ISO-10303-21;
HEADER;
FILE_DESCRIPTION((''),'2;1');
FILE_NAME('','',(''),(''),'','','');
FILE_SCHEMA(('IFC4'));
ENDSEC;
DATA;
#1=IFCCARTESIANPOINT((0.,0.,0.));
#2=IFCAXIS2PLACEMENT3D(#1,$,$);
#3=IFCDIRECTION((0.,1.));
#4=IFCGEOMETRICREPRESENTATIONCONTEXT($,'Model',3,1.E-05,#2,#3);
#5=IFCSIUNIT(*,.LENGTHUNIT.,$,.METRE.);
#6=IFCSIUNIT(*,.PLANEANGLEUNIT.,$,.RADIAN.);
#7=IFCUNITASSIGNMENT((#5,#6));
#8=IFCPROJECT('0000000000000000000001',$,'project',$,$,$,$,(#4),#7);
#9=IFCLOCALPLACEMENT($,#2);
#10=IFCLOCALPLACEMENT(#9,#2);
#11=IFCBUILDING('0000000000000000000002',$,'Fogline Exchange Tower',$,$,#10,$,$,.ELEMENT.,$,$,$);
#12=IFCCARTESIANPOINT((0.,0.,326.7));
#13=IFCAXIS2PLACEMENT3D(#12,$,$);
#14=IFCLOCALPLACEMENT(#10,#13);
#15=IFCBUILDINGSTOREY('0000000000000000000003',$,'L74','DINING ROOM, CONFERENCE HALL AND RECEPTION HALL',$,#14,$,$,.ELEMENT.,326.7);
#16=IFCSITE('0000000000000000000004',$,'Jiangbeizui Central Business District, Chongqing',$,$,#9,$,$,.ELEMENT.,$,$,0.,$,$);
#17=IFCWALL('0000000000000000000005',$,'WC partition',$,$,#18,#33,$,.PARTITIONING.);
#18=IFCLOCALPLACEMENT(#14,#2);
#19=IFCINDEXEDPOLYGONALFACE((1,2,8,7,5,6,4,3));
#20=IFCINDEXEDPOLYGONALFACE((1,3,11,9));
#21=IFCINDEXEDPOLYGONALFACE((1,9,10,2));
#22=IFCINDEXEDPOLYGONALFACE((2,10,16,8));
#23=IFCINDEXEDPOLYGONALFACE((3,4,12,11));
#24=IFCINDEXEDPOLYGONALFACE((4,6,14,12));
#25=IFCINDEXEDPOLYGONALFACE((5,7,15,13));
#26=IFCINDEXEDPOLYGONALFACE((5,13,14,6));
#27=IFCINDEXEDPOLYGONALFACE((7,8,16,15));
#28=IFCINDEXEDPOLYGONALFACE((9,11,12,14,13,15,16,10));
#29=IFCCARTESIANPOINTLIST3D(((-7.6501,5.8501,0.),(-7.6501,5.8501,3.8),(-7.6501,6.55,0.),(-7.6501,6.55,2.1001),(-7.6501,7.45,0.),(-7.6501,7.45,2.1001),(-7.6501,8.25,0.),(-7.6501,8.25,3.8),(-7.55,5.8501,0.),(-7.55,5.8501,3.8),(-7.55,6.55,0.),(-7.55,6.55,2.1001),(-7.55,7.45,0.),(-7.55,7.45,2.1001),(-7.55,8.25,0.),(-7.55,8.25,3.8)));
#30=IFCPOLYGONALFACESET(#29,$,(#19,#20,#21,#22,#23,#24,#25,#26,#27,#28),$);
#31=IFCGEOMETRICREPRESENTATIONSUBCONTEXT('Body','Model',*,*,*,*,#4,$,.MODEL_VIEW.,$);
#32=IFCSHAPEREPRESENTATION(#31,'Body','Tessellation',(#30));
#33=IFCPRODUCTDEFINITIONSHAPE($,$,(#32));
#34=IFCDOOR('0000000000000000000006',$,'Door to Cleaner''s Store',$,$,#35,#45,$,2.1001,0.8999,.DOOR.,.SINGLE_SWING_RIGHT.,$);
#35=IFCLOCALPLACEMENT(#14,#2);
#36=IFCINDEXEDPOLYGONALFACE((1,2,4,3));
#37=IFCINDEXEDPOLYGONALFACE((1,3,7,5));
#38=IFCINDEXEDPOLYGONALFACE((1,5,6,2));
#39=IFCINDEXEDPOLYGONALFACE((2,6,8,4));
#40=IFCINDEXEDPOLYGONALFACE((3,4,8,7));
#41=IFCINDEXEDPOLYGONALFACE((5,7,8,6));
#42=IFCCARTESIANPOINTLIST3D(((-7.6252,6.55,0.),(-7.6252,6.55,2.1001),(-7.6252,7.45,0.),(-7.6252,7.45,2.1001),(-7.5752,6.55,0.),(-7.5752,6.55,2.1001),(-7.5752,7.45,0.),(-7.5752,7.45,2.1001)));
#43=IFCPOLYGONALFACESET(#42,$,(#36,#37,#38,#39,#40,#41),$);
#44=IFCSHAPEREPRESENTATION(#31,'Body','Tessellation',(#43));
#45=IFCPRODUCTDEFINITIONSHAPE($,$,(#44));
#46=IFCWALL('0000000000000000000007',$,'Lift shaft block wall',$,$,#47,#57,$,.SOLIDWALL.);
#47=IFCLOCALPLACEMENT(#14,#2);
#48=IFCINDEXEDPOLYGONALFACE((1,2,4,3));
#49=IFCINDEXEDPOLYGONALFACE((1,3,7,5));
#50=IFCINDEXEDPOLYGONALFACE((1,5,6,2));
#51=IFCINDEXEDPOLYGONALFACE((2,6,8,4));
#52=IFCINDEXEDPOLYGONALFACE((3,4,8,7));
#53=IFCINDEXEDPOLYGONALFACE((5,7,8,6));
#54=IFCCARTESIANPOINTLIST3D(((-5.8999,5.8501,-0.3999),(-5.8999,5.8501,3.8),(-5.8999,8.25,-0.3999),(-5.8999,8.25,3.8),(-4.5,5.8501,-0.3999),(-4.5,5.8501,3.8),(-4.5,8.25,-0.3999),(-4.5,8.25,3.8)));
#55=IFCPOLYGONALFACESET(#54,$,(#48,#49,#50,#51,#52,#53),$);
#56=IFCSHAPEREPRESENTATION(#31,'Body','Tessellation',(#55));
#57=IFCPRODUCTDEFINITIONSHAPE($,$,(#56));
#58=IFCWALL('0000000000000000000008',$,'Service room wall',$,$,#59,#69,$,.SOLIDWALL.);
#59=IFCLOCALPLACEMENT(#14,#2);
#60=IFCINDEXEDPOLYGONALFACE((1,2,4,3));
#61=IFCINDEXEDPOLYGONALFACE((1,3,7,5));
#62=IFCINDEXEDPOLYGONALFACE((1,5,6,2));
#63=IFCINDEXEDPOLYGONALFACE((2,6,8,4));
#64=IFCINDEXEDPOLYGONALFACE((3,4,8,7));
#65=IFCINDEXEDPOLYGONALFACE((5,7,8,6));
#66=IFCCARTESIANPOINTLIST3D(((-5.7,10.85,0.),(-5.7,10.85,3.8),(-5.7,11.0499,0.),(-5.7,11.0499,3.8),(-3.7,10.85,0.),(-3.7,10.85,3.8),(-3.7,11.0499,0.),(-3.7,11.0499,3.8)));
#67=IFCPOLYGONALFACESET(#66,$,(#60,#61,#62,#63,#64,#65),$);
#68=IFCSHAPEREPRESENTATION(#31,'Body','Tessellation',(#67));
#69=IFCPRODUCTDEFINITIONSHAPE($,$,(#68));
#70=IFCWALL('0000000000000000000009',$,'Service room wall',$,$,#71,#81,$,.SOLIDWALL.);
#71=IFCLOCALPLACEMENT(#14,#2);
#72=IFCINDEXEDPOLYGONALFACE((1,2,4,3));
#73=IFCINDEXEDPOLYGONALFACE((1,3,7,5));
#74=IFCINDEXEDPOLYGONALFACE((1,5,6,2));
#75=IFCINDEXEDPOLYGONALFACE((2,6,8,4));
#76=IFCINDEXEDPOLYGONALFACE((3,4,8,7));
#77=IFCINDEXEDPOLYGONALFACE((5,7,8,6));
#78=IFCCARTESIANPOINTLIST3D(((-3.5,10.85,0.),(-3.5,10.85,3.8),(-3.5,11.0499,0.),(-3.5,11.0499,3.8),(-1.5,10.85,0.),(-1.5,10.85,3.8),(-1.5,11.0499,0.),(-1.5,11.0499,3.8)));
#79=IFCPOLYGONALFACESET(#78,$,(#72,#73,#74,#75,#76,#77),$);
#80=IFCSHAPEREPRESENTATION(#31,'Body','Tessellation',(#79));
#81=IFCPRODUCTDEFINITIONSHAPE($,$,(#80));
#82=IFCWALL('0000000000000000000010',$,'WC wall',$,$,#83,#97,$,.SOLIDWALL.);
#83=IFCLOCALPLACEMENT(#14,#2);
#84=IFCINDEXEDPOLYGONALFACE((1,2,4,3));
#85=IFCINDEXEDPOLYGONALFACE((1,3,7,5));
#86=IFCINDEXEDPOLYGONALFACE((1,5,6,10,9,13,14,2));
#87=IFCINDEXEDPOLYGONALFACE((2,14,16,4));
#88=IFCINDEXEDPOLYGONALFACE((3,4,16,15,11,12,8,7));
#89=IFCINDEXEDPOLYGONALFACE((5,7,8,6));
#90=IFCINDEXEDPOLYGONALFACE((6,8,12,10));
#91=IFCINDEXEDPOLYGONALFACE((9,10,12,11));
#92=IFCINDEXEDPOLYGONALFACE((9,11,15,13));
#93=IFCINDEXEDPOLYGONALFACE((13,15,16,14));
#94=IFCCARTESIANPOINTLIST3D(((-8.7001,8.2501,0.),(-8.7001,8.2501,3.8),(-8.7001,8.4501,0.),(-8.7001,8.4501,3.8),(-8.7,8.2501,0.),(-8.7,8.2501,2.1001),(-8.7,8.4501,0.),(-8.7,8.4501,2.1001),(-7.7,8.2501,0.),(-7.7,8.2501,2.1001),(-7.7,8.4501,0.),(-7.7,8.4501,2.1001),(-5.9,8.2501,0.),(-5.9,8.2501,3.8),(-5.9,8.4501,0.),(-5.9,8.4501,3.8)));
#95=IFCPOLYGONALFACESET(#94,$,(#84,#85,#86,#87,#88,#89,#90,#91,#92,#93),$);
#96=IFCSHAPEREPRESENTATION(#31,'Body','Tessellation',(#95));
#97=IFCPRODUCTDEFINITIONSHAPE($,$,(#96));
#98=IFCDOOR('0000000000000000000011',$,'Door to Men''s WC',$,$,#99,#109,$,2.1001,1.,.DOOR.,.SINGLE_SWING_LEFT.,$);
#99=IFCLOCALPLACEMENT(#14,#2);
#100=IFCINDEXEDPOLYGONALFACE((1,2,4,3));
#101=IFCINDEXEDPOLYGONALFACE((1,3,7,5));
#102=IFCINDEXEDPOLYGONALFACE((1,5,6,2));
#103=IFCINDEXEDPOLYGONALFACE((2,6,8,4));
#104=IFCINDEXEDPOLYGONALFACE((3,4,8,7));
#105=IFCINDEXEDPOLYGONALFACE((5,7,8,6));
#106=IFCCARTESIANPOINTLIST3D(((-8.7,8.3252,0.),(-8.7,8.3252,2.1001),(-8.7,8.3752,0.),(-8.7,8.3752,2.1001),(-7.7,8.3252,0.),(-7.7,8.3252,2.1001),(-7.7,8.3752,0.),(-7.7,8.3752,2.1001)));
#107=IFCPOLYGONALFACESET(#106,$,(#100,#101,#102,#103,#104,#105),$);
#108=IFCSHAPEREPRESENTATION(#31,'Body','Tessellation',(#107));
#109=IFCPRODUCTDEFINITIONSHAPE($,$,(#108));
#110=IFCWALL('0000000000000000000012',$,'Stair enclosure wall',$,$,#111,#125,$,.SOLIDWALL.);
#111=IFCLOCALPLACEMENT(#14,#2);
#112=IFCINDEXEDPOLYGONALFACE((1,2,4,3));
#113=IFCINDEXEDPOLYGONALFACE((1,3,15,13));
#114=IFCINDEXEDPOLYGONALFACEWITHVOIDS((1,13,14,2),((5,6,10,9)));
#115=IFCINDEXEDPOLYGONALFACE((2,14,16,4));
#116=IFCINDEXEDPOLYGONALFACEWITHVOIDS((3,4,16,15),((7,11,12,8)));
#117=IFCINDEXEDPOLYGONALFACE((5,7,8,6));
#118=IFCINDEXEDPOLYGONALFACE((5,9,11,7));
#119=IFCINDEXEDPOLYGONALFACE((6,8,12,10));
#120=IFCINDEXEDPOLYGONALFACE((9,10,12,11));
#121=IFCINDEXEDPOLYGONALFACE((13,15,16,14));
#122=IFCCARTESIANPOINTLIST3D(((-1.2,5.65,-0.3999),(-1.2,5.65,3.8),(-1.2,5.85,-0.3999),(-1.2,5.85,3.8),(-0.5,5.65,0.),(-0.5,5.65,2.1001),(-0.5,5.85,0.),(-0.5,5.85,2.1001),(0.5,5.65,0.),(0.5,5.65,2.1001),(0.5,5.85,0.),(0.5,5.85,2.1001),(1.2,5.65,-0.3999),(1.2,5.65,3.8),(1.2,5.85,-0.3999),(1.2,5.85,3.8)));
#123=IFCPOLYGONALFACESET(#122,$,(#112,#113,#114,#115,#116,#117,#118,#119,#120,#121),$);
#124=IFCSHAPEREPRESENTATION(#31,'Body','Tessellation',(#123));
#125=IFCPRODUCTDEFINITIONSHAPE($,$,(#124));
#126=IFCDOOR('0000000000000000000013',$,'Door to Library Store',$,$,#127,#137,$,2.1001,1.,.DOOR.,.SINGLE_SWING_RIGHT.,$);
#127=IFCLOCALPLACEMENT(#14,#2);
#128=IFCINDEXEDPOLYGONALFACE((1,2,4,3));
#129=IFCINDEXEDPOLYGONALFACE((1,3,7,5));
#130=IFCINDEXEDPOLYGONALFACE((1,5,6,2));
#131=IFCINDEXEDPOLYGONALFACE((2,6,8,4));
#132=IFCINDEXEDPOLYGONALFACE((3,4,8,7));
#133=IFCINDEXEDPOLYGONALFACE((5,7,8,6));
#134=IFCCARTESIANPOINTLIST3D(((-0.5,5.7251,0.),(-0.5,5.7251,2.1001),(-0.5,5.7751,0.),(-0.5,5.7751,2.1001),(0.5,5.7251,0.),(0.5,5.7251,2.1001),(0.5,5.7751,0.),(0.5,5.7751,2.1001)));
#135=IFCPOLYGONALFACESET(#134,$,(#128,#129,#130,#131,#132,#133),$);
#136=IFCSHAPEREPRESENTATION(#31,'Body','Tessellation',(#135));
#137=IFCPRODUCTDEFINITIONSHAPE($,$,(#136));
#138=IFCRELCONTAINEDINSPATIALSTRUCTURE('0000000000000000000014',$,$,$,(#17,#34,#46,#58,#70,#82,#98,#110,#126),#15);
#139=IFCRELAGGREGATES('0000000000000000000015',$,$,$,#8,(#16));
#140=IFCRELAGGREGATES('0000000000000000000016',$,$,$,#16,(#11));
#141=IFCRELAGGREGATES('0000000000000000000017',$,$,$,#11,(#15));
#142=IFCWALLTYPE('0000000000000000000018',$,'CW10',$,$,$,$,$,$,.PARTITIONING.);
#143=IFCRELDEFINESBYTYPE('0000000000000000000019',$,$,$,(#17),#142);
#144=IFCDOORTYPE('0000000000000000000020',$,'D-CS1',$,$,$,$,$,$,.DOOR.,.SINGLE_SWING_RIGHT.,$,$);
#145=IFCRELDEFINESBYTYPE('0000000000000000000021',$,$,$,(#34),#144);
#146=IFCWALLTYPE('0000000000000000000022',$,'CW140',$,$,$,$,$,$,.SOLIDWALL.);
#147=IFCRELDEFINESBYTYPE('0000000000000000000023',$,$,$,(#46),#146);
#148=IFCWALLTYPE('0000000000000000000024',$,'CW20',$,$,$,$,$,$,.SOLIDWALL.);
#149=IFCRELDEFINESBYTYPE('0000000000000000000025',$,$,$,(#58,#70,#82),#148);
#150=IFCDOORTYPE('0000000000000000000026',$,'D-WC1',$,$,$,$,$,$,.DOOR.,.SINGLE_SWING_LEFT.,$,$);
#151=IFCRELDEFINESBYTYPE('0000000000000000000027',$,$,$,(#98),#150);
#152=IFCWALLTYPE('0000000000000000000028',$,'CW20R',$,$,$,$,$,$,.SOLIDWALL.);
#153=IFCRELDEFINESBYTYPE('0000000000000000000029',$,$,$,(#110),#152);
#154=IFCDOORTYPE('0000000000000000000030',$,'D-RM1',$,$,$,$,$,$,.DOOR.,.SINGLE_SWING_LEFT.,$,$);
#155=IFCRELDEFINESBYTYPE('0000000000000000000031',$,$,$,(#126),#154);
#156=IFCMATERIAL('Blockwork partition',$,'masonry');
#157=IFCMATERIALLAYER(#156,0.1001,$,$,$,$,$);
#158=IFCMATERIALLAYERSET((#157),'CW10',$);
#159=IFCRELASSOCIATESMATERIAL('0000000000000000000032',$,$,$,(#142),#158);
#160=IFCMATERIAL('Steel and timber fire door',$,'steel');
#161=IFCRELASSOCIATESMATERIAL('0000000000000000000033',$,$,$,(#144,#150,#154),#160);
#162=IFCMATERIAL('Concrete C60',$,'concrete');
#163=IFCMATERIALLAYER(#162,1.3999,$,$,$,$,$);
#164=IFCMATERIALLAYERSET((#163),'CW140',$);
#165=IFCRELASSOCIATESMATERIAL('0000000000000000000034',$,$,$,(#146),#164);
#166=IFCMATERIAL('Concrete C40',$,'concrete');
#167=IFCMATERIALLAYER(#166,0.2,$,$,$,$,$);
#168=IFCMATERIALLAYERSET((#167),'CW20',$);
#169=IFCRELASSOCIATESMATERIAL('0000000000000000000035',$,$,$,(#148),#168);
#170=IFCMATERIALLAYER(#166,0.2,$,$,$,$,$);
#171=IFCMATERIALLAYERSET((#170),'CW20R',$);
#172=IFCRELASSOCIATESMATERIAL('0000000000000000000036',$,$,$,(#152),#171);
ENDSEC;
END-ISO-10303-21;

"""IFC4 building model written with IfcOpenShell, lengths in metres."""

from ifc_helpers import new_model, si_unit, direction, frame, frame_2d, origin, place, context, subcontext, project, spatial, rectangle, extrude, material, layer, layer_set, type_object, element, fill, save


model = new_model("IFC4")

# Units and contexts
model_context = context("Model", 3, precision=1e-05, world=origin(), true_north=direction((0.0, 1.0)))
body_context = subcontext(model_context, "Body", "Model", "MODEL_VIEW")
ifc_project = project(units=[si_unit("LENGTHUNIT", "METRE"), si_unit("PLANEANGLEUNIT", "RADIAN")], contexts=[model_context])

# Site, building, storey
site_placement = place(None, origin())
site = spatial("IfcSite", under=ifc_project, at=site_placement, Name="Jiangbeizui Central Business District, Chongqing", CompositionType="ELEMENT", RefElevation=0.0)
building_placement = place(site_placement, origin())
building = spatial("IfcBuilding", under=site, at=building_placement, Name="Fogline Exchange Tower", CompositionType="ELEMENT")
storey_placement = place(building_placement, frame((0.0, 0.0, 326.7)))
storey = spatial("IfcBuildingStorey", under=building, at=storey_placement, Name="L74", Description="DINING ROOM, CONFERENCE HALL AND RECEPTION HALL", CompositionType="ELEMENT", Elevation=326.7)

# Wall, opening, door
ifc_material_1 = material(Name="Blockwork partition", Category="masonry")
ifc_layer_1 = layer(ifc_material_1, 0.1001)
ifc_layer_set_1 = layer_set([ifc_layer_1], Name="CW10")
wall_type_1 = type_object("IfcWallType", Name="CW10", PredefinedType="PARTITIONING", material=ifc_layer_set_1)
wall_1_placement = place(storey_placement, frame((-7.6001, 5.8501, 0.0), z_axis=(0.0, 0.0, 1.0), x_axis=(0.0, 1.0, 0.0)))
wall_1 = element("IfcWall", 1, at=wall_1_placement, inside=storey, type_object=wall_type_1, Name="WC partition", PredefinedType="PARTITIONING", context=body_context, shape_type="SweptSolid", body=[
    extrude(rectangle(XDim=2.3999, YDim=0.1001, at=frame_2d((1.2, 0.0))), origin(), (0.0, 0.0, 1.0), 3.8),
])
opening_1_placement = place(wall_1_placement, frame((0.7, 0.0, 0.0)))
opening_1 = element("IfcOpeningElement", 2, at=opening_1_placement, cuts=wall_1, PredefinedType="OPENING", context=body_context, shape_type="SweptSolid", body=[
    extrude(rectangle(XDim=0.8999, YDim=2.1001, at=frame_2d((0.45, 1.05))), frame((0.0, 0.0601, 0.0), z_axis=(0.0, -1.0, 0.0), x_axis=(1.0, 0.0, 0.0)), (0.0, 0.0, 1.0), 0.1201),
])
ifc_material_2 = material(Name="Steel and timber fire door", Category="steel")
door_type_1 = type_object("IfcDoorType", Name="D-CS1", OperationType="SINGLE_SWING_RIGHT", PredefinedType="DOOR", material=ifc_material_2)
door_1_placement = place(opening_1_placement, frame((0.8999, 0.0, 0.0), z_axis=(0.0, 0.0, 1.0), x_axis=(-1.0, 0.0, 0.0)))
door_1 = element("IfcDoor", 3, at=door_1_placement, inside=storey, type_object=door_type_1, Name="Door to Cleaner's Store", OperationType="SINGLE_SWING_RIGHT", OverallHeight=2.1001, OverallWidth=0.8999, PredefinedType="DOOR", context=body_context, shape_type="SweptSolid", body=[
    extrude(rectangle(XDim=0.8999, YDim=2.1001, at=frame_2d((0.45, 1.05))), frame((0.0, 0.0249, 0.0), z_axis=(0.0, -1.0, 0.0), x_axis=(1.0, 0.0, 0.0)), (0.0, 0.0, 1.0), 0.05),
])
fill(opening_1, door_1)

# Walls
ifc_material_3 = material(Name="Concrete C60", Category="concrete")
ifc_layer_2 = layer(ifc_material_3, 1.3999)
ifc_layer_set_2 = layer_set([ifc_layer_2], Name="CW140")
wall_type_2 = type_object("IfcWallType", Name="CW140", PredefinedType="SOLIDWALL", material=ifc_layer_set_2)
wall_2_placement = place(storey_placement, frame((-5.2, 5.8501, -0.3999), z_axis=(0.0, 0.0, 1.0), x_axis=(0.0, 1.0, 0.0)))
element("IfcWall", 4, at=wall_2_placement, inside=storey, type_object=wall_type_2, Name="Lift shaft block wall", PredefinedType="SOLIDWALL", context=body_context, shape_type="SweptSolid", body=[
    extrude(rectangle(XDim=2.3999, YDim=1.3999, at=frame_2d((1.2, 0.0))), origin(), (0.0, 0.0, 1.0), 4.2),
])
ifc_material_4 = material(Name="Concrete C40", Category="concrete")
ifc_layer_3 = layer(ifc_material_4, 0.2)
ifc_layer_set_3 = layer_set([ifc_layer_3], Name="CW20")
wall_type_3 = type_object("IfcWallType", Name="CW20", PredefinedType="SOLIDWALL", material=ifc_layer_set_3)
for number, where, z_axis, x_axis, name in (
    (5, (-5.7, 10.95, 0.0), (0.0, 0.0, 1.0), (1.0, 0.0, 0.0), "Service room wall"),
    (6, (-3.5, 10.95, 0.0), (0.0, 0.0, 1.0), (1.0, 0.0, 0.0), "Service room wall"),
):
    element("IfcWall", number, at=place(storey_placement, frame(where, z_axis=z_axis, x_axis=x_axis)), inside=storey, type_object=wall_type_3, Name=name, PredefinedType="SOLIDWALL", context=body_context, shape_type="SweptSolid", body=[
        extrude(rectangle(XDim=2.0, YDim=0.2, at=frame_2d((1.0, 0.0))), origin(), (0.0, 0.0, 1.0), 3.8),
    ])

# Walls, openings, doors
wall_3_placement = place(storey_placement, frame((-8.7, 8.3501, 0.0), z_axis=(0.0, 0.0, 1.0), x_axis=(1.0, 0.0, 0.0)))
wall_3 = element("IfcWall", 7, at=wall_3_placement, inside=storey, type_object=wall_type_3, Name="WC wall", PredefinedType="SOLIDWALL", context=body_context, shape_type="SweptSolid", body=[
    extrude(rectangle(XDim=2.8, YDim=0.2, at=frame_2d((1.3999, 0.0))), origin(), (0.0, 0.0, 1.0), 3.8),
])
opening_2_placement = place(wall_3_placement, origin())
opening_2 = element("IfcOpeningElement", 8, at=opening_2_placement, cuts=wall_3, PredefinedType="OPENING", context=body_context, shape_type="SweptSolid", body=[
    extrude(rectangle(XDim=1.0, YDim=2.1001, at=frame_2d((0.5, 1.05))), frame((0.0, 0.1099, 0.0), z_axis=(0.0, -1.0, 0.0), x_axis=(1.0, 0.0, 0.0)), (0.0, 0.0, 1.0), 0.22),
])
door_type_2 = type_object("IfcDoorType", Name="D-WC1", OperationType="SINGLE_SWING_LEFT", PredefinedType="DOOR", material=ifc_material_2)
door_2_placement = place(opening_2_placement, frame((1.0, 0.0, 0.0), z_axis=(0.0, 0.0, 1.0), x_axis=(-1.0, 0.0, 0.0)))
door_2 = element("IfcDoor", 9, at=door_2_placement, inside=storey, type_object=door_type_2, Name="Door to Men's WC", OperationType="SINGLE_SWING_LEFT", OverallHeight=2.1001, OverallWidth=1.0, PredefinedType="DOOR", context=body_context, shape_type="SweptSolid", body=[
    extrude(rectangle(XDim=1.0, YDim=2.1001, at=frame_2d((0.5, 1.05))), frame((0.0, 0.0249, 0.0), z_axis=(0.0, -1.0, 0.0), x_axis=(1.0, 0.0, 0.0)), (0.0, 0.0, 1.0), 0.05),
])
fill(opening_2, door_2)
ifc_layer_4 = layer(ifc_material_4, 0.2)
ifc_layer_set_4 = layer_set([ifc_layer_4], Name="CW20R")
wall_type_4 = type_object("IfcWallType", Name="CW20R", PredefinedType="SOLIDWALL", material=ifc_layer_set_4)
wall_4_placement = place(storey_placement, frame((-1.2, 5.75, -0.3999), z_axis=(0.0, 0.0, 1.0), x_axis=(1.0, 0.0, 0.0)))
wall_4 = element("IfcWall", 10, at=wall_4_placement, inside=storey, type_object=wall_type_4, Name="Stair enclosure wall", PredefinedType="SOLIDWALL", context=body_context, shape_type="SweptSolid", body=[
    extrude(rectangle(XDim=2.3999, YDim=0.2, at=frame_2d((1.2, 0.0))), origin(), (0.0, 0.0, 1.0), 4.2),
])
opening_3_placement = place(wall_4_placement, frame((0.7, 0.0, 0.3999)))
opening_3 = element("IfcOpeningElement", 11, at=opening_3_placement, cuts=wall_4, PredefinedType="OPENING", context=body_context, shape_type="SweptSolid", body=[
    extrude(rectangle(XDim=1.0, YDim=2.1001, at=frame_2d((0.5, 1.05))), frame((0.0, 0.1099, 0.0), z_axis=(0.0, -1.0, 0.0), x_axis=(1.0, 0.0, 0.0)), (0.0, 0.0, 1.0), 0.22),
])
door_type_3 = type_object("IfcDoorType", Name="D-RM1", OperationType="SINGLE_SWING_LEFT", PredefinedType="DOOR", material=ifc_material_2)
door_3_placement = place(opening_3_placement, frame((1.0, 0.0, 0.0), z_axis=(0.0, 0.0, 1.0), x_axis=(-1.0, 0.0, 0.0)))
door_3 = element("IfcDoor", 12, at=door_3_placement, inside=storey, type_object=door_type_3, Name="Door to Library Store", OperationType="SINGLE_SWING_RIGHT", OverallHeight=2.1001, OverallWidth=1.0, PredefinedType="DOOR", context=body_context, shape_type="SweptSolid", body=[
    extrude(rectangle(XDim=1.0, YDim=2.1001, at=frame_2d((0.5, 1.05))), frame((0.0, 0.0249, 0.0), z_axis=(0.0, -1.0, 0.0), x_axis=(1.0, 0.0, 0.0)), (0.0, 0.0, 1.0), 0.05),
])
fill(opening_3, door_3)

save(model, "model.ifc")
